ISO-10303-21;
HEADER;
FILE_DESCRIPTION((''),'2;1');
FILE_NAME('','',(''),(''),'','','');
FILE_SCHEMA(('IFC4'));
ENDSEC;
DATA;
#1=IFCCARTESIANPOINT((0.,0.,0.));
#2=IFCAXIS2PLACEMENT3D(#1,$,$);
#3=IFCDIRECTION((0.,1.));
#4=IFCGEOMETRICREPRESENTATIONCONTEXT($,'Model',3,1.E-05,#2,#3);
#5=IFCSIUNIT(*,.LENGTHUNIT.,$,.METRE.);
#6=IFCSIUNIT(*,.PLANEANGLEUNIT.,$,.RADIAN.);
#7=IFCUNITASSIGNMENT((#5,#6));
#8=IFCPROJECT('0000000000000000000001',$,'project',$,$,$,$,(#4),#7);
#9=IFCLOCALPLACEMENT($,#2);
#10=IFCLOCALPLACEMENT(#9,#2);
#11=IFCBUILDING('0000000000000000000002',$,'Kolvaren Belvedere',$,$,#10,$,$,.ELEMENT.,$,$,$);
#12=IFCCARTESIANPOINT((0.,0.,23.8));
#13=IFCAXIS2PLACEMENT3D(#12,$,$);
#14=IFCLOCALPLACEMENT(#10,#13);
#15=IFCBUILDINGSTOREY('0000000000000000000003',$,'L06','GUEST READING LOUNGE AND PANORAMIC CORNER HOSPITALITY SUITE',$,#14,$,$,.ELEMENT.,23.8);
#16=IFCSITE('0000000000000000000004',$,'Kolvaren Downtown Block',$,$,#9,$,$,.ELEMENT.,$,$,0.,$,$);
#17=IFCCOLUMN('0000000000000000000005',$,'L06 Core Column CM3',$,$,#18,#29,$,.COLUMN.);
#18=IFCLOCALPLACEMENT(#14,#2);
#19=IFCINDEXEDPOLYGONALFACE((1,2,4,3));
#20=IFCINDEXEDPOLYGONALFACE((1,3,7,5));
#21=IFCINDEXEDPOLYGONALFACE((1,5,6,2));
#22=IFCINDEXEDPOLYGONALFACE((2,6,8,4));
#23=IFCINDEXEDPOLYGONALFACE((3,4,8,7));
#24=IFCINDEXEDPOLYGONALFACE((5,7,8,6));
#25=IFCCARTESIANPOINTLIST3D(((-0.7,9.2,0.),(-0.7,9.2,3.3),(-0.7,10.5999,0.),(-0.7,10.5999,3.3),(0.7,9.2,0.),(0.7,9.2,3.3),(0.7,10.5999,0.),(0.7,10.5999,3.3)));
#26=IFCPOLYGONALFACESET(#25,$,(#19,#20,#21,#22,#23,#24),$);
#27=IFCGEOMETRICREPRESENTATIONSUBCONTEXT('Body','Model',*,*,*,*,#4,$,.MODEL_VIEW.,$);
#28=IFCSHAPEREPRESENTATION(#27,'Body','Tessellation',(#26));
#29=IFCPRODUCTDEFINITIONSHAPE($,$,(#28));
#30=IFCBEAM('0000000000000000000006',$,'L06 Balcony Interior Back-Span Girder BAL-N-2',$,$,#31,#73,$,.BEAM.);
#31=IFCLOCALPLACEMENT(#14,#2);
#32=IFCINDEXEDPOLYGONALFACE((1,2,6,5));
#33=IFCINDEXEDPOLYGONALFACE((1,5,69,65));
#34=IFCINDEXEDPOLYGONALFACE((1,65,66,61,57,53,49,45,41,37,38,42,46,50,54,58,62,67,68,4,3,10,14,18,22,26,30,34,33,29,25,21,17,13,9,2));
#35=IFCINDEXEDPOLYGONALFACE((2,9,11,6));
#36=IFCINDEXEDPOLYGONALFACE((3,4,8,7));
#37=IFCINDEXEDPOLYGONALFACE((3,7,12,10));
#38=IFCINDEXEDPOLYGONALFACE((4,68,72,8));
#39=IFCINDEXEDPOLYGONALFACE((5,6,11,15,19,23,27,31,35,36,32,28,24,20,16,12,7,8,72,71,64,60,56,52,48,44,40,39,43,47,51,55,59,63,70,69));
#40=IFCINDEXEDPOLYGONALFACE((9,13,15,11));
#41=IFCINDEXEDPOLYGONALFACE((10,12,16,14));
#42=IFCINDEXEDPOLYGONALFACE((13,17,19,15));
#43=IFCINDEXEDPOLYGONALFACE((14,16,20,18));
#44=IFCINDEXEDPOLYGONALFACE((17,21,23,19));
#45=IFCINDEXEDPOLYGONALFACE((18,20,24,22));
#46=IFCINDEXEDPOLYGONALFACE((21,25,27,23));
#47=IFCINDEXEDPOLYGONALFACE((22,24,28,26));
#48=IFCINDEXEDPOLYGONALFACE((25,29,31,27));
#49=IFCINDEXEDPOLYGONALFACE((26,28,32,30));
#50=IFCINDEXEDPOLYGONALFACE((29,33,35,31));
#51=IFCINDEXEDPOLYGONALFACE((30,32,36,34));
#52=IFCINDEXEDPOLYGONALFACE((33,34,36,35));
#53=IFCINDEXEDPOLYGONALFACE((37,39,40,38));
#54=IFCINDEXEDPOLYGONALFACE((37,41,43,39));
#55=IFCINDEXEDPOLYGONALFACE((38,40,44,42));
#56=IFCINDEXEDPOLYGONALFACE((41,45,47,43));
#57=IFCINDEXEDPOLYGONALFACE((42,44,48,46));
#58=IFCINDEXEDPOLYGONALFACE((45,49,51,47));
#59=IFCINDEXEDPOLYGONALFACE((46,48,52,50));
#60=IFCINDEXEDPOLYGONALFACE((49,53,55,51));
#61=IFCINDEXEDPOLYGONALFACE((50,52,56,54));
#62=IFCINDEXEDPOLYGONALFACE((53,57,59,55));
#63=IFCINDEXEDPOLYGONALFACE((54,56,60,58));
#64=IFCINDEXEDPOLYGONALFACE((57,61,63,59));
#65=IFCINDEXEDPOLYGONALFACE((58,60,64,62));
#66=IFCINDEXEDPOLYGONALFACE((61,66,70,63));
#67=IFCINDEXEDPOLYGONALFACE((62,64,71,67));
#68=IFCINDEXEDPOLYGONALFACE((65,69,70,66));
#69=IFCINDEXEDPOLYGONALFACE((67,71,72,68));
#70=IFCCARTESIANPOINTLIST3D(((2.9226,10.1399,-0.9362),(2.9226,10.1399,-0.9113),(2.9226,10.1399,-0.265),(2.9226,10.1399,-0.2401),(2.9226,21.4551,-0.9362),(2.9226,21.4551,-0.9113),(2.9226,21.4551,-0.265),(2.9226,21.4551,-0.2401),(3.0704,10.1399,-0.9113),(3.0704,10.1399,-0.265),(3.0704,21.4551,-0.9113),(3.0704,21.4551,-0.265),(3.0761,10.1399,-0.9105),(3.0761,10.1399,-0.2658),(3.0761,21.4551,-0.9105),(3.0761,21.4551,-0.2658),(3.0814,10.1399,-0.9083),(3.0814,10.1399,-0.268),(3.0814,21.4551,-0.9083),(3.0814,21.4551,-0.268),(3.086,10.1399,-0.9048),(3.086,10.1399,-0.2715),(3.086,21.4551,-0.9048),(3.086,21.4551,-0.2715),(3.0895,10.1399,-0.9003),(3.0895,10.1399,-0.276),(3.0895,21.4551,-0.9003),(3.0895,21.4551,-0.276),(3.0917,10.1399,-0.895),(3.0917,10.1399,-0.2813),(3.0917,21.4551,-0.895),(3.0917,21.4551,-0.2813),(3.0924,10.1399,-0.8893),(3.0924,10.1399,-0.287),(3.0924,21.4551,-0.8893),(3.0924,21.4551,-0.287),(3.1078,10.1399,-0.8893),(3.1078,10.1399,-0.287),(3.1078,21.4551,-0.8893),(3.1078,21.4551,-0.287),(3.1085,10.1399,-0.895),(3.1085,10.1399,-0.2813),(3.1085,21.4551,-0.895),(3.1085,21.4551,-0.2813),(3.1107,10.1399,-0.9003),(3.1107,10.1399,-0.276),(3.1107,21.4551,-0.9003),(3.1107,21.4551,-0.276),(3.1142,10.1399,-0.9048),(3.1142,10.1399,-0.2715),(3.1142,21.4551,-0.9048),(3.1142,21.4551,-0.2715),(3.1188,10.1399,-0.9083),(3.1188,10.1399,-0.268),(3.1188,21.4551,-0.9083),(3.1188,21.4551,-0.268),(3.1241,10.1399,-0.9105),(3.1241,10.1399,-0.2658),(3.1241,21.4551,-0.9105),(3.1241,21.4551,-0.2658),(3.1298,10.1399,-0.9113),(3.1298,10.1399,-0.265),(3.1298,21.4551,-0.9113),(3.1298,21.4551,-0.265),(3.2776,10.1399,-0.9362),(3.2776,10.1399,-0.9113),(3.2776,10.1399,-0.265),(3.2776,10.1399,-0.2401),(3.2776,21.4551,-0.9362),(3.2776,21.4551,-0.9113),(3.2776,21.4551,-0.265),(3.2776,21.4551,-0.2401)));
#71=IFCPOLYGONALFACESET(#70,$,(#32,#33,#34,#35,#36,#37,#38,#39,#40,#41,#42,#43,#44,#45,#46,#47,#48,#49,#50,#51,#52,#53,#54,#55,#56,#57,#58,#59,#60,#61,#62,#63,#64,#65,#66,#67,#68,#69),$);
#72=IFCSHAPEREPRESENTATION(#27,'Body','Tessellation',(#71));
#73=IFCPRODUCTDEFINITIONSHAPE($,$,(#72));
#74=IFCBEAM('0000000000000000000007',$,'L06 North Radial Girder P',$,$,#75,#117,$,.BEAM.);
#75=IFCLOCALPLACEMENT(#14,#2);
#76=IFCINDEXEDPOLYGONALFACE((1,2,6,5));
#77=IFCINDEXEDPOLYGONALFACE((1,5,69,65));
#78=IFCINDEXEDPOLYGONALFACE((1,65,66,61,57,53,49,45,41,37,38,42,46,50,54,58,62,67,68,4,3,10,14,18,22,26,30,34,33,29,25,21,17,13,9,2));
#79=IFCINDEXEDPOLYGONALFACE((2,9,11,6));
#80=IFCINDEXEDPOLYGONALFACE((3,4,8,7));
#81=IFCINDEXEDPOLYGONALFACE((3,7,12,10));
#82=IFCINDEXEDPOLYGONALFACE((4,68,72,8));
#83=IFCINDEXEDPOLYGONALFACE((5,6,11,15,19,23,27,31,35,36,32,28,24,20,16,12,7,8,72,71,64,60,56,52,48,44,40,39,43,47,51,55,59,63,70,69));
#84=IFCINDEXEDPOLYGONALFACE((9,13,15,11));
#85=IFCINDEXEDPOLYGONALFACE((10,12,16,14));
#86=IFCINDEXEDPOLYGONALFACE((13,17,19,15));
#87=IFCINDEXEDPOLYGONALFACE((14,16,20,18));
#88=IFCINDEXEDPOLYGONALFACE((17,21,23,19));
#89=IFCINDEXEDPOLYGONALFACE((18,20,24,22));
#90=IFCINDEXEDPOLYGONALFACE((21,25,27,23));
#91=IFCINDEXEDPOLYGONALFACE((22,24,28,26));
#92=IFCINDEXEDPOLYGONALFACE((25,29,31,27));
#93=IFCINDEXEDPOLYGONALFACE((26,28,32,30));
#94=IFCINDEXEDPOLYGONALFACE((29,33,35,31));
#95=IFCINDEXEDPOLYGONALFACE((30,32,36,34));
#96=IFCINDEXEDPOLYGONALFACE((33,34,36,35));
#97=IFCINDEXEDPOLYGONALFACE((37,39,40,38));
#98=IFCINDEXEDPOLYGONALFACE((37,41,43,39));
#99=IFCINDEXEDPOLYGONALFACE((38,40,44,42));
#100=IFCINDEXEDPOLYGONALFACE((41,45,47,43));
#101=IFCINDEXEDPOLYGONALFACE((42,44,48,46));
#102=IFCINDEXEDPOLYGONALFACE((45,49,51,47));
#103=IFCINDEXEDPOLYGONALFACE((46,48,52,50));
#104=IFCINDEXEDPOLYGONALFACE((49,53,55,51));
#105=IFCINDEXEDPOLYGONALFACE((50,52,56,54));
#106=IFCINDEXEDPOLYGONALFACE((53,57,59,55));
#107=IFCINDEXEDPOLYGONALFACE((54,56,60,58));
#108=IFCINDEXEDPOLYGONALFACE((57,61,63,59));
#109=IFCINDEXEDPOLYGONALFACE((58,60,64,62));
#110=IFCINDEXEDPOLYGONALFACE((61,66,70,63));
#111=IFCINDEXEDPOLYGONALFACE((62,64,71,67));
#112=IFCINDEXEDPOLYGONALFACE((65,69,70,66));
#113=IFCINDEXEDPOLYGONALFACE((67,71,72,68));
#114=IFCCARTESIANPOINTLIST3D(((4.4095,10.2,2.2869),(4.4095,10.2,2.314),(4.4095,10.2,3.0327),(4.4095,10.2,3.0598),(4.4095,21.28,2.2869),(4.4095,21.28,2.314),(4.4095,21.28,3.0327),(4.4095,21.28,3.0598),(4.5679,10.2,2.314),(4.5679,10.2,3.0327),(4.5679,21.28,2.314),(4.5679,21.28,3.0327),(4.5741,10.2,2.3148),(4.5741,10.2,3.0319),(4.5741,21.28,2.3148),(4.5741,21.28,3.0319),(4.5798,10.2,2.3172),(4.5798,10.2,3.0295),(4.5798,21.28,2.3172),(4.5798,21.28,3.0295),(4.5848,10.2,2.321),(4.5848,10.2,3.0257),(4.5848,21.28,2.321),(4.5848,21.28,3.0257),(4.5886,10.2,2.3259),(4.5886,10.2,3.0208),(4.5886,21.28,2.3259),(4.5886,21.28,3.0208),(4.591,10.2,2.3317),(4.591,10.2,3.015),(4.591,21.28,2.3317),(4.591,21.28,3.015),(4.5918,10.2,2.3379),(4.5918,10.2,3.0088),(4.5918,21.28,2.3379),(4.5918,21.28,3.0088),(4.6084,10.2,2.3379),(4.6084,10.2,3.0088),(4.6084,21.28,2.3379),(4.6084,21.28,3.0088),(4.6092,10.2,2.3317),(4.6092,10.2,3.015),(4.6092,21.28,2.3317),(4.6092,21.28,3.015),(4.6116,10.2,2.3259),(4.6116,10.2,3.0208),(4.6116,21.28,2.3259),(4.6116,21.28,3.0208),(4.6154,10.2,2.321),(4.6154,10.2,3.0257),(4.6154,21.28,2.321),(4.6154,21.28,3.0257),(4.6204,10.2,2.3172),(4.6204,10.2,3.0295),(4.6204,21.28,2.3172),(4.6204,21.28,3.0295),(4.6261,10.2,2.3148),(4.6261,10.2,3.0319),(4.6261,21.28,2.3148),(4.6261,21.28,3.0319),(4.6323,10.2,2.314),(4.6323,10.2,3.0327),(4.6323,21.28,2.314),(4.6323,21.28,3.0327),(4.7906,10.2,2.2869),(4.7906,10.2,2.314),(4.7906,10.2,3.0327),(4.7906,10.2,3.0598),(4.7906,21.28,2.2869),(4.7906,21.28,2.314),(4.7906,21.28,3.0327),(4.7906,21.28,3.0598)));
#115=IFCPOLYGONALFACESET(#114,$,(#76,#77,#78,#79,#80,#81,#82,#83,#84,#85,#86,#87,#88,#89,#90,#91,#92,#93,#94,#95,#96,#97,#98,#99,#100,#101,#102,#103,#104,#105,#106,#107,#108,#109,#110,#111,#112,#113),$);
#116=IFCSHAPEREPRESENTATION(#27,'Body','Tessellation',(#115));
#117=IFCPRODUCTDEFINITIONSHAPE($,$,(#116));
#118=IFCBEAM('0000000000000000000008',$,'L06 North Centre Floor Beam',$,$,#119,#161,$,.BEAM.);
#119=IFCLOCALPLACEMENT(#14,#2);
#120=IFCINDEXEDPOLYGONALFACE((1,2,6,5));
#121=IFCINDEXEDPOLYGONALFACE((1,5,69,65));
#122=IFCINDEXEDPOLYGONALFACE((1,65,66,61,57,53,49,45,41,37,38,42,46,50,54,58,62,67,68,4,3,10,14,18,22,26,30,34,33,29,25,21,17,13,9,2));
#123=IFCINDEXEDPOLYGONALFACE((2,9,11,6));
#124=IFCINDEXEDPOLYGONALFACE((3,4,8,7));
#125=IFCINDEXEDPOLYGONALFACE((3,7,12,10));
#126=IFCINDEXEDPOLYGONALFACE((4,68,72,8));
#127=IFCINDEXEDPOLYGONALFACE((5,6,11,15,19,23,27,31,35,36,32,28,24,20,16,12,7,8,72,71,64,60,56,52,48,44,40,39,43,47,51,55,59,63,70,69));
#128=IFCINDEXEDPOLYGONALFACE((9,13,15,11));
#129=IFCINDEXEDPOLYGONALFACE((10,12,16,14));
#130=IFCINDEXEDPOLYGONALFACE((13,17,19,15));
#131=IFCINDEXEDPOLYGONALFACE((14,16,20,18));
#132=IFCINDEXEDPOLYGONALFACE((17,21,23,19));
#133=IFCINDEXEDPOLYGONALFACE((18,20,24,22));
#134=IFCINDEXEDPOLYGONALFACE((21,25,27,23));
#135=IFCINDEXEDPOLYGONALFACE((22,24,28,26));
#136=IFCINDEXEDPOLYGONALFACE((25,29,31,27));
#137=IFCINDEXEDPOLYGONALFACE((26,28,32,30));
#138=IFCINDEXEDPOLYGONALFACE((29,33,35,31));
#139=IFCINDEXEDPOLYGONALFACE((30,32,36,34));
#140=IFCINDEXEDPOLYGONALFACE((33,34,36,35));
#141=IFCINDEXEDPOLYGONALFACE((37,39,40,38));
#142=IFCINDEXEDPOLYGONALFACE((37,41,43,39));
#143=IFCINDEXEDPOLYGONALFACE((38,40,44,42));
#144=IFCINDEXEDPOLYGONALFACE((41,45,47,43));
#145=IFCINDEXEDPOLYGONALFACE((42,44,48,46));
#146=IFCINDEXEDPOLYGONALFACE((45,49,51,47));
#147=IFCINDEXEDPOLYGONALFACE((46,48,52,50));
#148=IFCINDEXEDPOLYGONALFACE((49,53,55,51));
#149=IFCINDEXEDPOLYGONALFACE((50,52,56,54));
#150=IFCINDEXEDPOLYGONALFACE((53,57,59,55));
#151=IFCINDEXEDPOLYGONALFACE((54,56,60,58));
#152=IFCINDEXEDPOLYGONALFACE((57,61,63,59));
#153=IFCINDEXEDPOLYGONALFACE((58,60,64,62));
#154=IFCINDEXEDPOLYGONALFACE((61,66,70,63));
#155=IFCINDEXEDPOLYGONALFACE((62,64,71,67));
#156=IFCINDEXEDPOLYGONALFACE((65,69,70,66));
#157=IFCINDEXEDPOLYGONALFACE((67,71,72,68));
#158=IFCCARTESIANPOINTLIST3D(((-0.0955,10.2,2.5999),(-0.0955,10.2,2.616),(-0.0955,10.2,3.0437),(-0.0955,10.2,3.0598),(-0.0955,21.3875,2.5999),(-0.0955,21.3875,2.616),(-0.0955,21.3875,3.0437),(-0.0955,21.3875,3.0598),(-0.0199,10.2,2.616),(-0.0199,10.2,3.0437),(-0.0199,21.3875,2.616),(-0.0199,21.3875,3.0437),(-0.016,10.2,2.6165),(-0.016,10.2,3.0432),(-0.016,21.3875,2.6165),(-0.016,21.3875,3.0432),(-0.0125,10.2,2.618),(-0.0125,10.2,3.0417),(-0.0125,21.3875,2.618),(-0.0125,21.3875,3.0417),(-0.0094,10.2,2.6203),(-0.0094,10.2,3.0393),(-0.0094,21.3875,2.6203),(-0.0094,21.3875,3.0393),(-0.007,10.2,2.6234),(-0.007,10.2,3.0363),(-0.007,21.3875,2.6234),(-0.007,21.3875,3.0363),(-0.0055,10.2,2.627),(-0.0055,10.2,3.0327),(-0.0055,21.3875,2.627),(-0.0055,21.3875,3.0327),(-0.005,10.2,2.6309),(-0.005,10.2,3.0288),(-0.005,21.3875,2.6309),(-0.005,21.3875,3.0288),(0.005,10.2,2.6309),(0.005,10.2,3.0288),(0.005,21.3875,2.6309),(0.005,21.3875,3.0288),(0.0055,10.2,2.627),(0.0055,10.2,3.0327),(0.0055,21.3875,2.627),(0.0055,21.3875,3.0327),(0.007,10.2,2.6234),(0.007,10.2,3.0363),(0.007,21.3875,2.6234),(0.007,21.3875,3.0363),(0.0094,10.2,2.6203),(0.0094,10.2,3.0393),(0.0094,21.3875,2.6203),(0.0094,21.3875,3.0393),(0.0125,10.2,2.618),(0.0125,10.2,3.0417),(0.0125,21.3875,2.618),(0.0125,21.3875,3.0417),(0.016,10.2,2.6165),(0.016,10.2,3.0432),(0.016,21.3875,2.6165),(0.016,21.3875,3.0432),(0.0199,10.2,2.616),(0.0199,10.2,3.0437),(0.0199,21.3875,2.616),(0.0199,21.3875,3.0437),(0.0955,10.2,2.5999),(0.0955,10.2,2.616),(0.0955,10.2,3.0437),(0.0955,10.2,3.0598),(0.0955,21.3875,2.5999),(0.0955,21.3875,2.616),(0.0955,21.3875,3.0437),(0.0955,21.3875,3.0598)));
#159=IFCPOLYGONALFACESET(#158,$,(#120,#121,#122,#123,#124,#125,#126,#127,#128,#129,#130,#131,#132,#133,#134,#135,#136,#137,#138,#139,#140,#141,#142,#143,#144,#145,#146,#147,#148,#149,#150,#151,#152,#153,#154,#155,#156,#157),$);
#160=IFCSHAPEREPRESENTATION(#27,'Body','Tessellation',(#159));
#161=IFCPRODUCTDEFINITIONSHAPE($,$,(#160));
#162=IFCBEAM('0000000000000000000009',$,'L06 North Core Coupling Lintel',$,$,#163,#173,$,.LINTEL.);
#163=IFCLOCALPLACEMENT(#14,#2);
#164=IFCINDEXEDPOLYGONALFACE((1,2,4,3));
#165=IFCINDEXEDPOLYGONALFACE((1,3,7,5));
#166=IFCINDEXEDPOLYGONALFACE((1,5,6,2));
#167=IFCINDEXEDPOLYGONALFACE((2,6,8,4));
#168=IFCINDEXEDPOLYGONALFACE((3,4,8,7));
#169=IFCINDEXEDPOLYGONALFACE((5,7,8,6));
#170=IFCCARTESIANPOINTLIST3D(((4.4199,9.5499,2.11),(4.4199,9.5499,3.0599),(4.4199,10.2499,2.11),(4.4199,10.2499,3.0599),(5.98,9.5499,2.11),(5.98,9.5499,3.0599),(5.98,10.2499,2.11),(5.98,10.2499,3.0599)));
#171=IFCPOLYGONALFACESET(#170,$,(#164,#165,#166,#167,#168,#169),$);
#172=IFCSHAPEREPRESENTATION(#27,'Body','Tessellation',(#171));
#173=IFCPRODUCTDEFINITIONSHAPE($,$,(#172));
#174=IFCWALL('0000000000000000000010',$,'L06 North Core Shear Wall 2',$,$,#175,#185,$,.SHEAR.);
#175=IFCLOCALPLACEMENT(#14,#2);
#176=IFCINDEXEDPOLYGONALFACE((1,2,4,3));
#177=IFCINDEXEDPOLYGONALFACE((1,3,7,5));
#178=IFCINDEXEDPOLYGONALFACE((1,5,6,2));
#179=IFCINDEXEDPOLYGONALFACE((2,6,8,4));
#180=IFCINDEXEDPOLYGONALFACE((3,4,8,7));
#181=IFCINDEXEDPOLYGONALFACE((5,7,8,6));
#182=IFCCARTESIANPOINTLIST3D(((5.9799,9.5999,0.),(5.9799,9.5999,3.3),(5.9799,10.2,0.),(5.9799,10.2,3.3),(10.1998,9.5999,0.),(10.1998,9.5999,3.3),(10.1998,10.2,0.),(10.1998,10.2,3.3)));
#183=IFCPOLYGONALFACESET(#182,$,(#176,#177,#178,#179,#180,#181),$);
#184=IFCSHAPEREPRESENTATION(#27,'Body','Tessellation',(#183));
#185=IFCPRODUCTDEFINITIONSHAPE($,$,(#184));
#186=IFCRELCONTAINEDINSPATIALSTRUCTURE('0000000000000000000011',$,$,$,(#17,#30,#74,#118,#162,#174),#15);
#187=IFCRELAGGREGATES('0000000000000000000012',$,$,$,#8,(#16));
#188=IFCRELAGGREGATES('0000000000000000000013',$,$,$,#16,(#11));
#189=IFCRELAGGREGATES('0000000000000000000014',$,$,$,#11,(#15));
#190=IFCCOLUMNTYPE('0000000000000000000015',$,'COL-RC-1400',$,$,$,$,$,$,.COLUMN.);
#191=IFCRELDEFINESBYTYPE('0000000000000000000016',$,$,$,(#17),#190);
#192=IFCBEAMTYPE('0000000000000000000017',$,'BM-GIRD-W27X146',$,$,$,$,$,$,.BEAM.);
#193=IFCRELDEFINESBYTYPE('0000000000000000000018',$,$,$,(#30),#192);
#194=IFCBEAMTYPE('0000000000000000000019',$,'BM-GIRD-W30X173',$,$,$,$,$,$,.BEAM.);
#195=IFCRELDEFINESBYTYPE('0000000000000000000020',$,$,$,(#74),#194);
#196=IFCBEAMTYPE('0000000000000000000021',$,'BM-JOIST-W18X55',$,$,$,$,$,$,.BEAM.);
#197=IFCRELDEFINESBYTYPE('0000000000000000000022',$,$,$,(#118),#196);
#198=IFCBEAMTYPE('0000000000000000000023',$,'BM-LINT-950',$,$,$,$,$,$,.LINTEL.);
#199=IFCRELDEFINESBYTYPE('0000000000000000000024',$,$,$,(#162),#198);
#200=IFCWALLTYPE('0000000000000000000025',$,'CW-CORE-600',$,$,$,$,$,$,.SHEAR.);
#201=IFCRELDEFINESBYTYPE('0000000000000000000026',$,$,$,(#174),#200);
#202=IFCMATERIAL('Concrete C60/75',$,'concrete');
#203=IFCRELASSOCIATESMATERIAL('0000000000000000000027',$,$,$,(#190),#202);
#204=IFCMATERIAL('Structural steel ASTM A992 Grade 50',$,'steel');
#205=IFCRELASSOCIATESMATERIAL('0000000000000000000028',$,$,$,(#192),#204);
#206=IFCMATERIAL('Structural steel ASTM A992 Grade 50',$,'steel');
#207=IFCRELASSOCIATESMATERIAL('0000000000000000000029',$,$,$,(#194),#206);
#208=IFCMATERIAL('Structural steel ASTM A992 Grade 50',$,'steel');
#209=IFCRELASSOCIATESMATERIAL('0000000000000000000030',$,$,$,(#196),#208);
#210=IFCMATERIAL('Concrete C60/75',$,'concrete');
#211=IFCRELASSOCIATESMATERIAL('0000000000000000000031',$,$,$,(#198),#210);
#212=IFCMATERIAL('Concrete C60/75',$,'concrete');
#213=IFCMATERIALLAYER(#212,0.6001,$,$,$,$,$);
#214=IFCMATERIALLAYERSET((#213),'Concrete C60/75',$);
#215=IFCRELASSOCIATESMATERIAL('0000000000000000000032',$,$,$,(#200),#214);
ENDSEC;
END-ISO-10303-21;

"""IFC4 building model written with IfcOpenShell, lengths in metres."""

from ifc_helpers import new_model, si_unit, direction, frame, frame_2d, origin, origin_2d, place, context, subcontext, project, spatial, rectangle, i_section, extrude, material, layer, layer_set, material_profile, profile_set, type_object, element, save


model = new_model("IFC4")

# Units and contexts
model_context = context("Model", 3, precision=1e-05, world=origin(), true_north=direction((0.0, 1.0)))
body_context = subcontext(model_context, "Body", "Model", "MODEL_VIEW")
ifc_project = project(units=[si_unit("LENGTHUNIT", "METRE"), si_unit("PLANEANGLEUNIT", "RADIAN")], contexts=[model_context])

# Site, building, storey
site_placement = place(None, origin())
site = spatial("IfcSite", under=ifc_project, at=site_placement, Name="Kolvaren Downtown Block", CompositionType="ELEMENT", RefElevation=0.0)
building_placement = place(site_placement, origin())
building = spatial("IfcBuilding", under=site, at=building_placement, Name="Kolvaren Belvedere", CompositionType="ELEMENT")
storey_placement = place(building_placement, frame((0.0, 0.0, 23.8)))
storey = spatial("IfcBuildingStorey", under=building, at=storey_placement, Name="L06", Description="GUEST READING LOUNGE AND PANORAMIC CORNER HOSPITALITY SUITE", CompositionType="ELEMENT", Elevation=23.8)

# Column
ifc_material_1 = material(Name="Concrete C60/75", Category="concrete")
ifc_material_profile_1 = material_profile(ifc_material_1, rectangle(XDim=1.3999, YDim=1.3999, at=origin_2d()), Name="RC 1400X1400")
ifc_profile_set_1 = profile_set([ifc_material_profile_1], Name="Concrete C60/75")
column_type = type_object("IfcColumnType", Name="COL-RC-1400", PredefinedType="COLUMN", material=ifc_profile_set_1)
column_placement = place(storey_placement, frame((0.0, 9.8999, 0.0), z_axis=(0.0, 0.0, 1.0), x_axis=(1.0, 0.0, 0.0)))
element("IfcColumn", 1, at=column_placement, inside=storey, type_object=column_type, Name="L06 Core Column CM3", PredefinedType="COLUMN", context=body_context, shape_type="SweptSolid", body=[
    extrude(rectangle(XDim=1.3999, YDim=1.3999, at=origin_2d()), origin(), (0.0, 0.0, 1.0), 3.3),
])

# Beams
ifc_material_2 = material(Name="Structural steel ASTM A992 Grade 50", Category="steel")
ifc_material_profile_2 = material_profile(ifc_material_2, i_section(OverallWidth=0.355, OverallDepth=0.696, WebThickness=0.0154, FlangeThickness=0.0249, FilletRadius=0.022, at=origin_2d()), Name="W27X146")
ifc_profile_set_2 = profile_set([ifc_material_profile_2], Name="Structural steel ASTM A992 Grade 50")
beam_type_1 = type_object("IfcBeamType", Name="BM-GIRD-W27X146", PredefinedType="BEAM", material=ifc_profile_set_2)
beam_1_placement = place(storey_placement, frame((3.1001, 10.1399, -0.5881), z_axis=(0.0, 1.0, 0.0), x_axis=(-1.0, 0.0, 0.0)))
element("IfcBeam", 2, at=beam_1_placement, inside=storey, type_object=beam_type_1, Name="L06 Balcony Interior Back-Span Girder BAL-N-2", PredefinedType="BEAM", context=body_context, shape_type="SweptSolid", body=[
    extrude(i_section(OverallWidth=0.355, OverallDepth=0.696, WebThickness=0.0154, FlangeThickness=0.0249, FilletRadius=0.022, at=origin_2d()), origin(), (0.0, 0.0, 1.0), 11.3152),
])
ifc_material_3 = material(Name="Structural steel ASTM A992 Grade 50", Category="steel")
ifc_material_profile_3 = material_profile(ifc_material_3, i_section(OverallWidth=0.3811, OverallDepth=0.7729, WebThickness=0.0166, FlangeThickness=0.0271, FilletRadius=0.0239, at=origin_2d()), Name="W30X173")
ifc_profile_set_3 = profile_set([ifc_material_profile_3], Name="Structural steel ASTM A992 Grade 50")
beam_type_2 = type_object("IfcBeamType", Name="BM-GIRD-W30X173", PredefinedType="BEAM", material=ifc_profile_set_3)
beam_2_placement = place(storey_placement, frame((4.6001, 10.2, 2.6733), z_axis=(0.0, 1.0, 0.0), x_axis=(-1.0, 0.0, 0.0)))
element("IfcBeam", 3, at=beam_2_placement, inside=storey, type_object=beam_type_2, Name="L06 North Radial Girder P", PredefinedType="BEAM", context=body_context, shape_type="SweptSolid", body=[
    extrude(i_section(OverallWidth=0.3811, OverallDepth=0.7729, WebThickness=0.0166, FlangeThickness=0.0271, FilletRadius=0.0239, at=origin_2d()), origin(), (0.0, 0.0, 1.0), 11.0801),
])
ifc_material_4 = material(Name="Structural steel ASTM A992 Grade 50", Category="steel")
ifc_material_profile_4 = material_profile(ifc_material_4, i_section(OverallWidth=0.1909, OverallDepth=0.46, WebThickness=0.01, FlangeThickness=0.0161, FilletRadius=0.0149, at=origin_2d()), Name="W18X55")
ifc_profile_set_4 = profile_set([ifc_material_profile_4], Name="Structural steel ASTM A992 Grade 50")
beam_type_3 = type_object("IfcBeamType", Name="BM-JOIST-W18X55", PredefinedType="BEAM", material=ifc_profile_set_4)
beam_3_placement = place(storey_placement, frame((0.0, 10.2, 2.8298), z_axis=(0.0, 1.0, 0.0), x_axis=(-1.0, 0.0, 0.0)))
element("IfcBeam", 4, at=beam_3_placement, inside=storey, type_object=beam_type_3, Name="L06 North Centre Floor Beam", PredefinedType="BEAM", context=body_context, shape_type="SweptSolid", body=[
    extrude(i_section(OverallWidth=0.1909, OverallDepth=0.46, WebThickness=0.01, FlangeThickness=0.0161, FilletRadius=0.0149, at=origin_2d()), origin(), (0.0, 0.0, 1.0), 11.1875),
])
ifc_material_5 = material(Name="Concrete C60/75", Category="concrete")
ifc_material_profile_5 = material_profile(ifc_material_5, rectangle(XDim=0.7, YDim=0.95, at=origin_2d()), Name="RC 700X950")
ifc_profile_set_5 = profile_set([ifc_material_profile_5], Name="Concrete C60/75")
beam_type_4 = type_object("IfcBeamType", Name="BM-LINT-950", PredefinedType="LINTEL", material=ifc_profile_set_5)
beam_4_placement = place(storey_placement, frame((4.4199, 9.8999, 2.585), z_axis=(1.0, 0.0, 0.0), x_axis=(0.0, 1.0, 0.0)))
element("IfcBeam", 5, at=beam_4_placement, inside=storey, type_object=beam_type_4, Name="L06 North Core Coupling Lintel", PredefinedType="LINTEL", context=body_context, shape_type="SweptSolid", body=[
    extrude(rectangle(XDim=0.7, YDim=0.95, at=origin_2d()), origin(), (0.0, 0.0, 1.0), 1.5601),
])

# Wall
ifc_material_6 = material(Name="Concrete C60/75", Category="concrete")
ifc_layer_1 = layer(ifc_material_6, 0.6001)
ifc_layer_set_1 = layer_set([ifc_layer_1], Name="Concrete C60/75")
wall_type_1 = type_object("IfcWallType", Name="CW-CORE-600", PredefinedType="SHEAR", material=ifc_layer_set_1)
wall_1_placement = place(storey_placement, frame((5.98, 9.8999, 0.0), z_axis=(0.0, 0.0, 1.0), x_axis=(1.0, 0.0, 0.0)))
element("IfcWall", 6, at=wall_1_placement, inside=storey, type_object=wall_type_1, Name="L06 North Core Shear Wall 2", PredefinedType="SHEAR", context=body_context, shape_type="SweptSolid", body=[
    extrude(rectangle(XDim=4.22, YDim=0.6001, at=frame_2d((2.1099, 0.0))), origin(), (0.0, 0.0, 1.0), 3.3),
])

save(model, "model.ifc")
